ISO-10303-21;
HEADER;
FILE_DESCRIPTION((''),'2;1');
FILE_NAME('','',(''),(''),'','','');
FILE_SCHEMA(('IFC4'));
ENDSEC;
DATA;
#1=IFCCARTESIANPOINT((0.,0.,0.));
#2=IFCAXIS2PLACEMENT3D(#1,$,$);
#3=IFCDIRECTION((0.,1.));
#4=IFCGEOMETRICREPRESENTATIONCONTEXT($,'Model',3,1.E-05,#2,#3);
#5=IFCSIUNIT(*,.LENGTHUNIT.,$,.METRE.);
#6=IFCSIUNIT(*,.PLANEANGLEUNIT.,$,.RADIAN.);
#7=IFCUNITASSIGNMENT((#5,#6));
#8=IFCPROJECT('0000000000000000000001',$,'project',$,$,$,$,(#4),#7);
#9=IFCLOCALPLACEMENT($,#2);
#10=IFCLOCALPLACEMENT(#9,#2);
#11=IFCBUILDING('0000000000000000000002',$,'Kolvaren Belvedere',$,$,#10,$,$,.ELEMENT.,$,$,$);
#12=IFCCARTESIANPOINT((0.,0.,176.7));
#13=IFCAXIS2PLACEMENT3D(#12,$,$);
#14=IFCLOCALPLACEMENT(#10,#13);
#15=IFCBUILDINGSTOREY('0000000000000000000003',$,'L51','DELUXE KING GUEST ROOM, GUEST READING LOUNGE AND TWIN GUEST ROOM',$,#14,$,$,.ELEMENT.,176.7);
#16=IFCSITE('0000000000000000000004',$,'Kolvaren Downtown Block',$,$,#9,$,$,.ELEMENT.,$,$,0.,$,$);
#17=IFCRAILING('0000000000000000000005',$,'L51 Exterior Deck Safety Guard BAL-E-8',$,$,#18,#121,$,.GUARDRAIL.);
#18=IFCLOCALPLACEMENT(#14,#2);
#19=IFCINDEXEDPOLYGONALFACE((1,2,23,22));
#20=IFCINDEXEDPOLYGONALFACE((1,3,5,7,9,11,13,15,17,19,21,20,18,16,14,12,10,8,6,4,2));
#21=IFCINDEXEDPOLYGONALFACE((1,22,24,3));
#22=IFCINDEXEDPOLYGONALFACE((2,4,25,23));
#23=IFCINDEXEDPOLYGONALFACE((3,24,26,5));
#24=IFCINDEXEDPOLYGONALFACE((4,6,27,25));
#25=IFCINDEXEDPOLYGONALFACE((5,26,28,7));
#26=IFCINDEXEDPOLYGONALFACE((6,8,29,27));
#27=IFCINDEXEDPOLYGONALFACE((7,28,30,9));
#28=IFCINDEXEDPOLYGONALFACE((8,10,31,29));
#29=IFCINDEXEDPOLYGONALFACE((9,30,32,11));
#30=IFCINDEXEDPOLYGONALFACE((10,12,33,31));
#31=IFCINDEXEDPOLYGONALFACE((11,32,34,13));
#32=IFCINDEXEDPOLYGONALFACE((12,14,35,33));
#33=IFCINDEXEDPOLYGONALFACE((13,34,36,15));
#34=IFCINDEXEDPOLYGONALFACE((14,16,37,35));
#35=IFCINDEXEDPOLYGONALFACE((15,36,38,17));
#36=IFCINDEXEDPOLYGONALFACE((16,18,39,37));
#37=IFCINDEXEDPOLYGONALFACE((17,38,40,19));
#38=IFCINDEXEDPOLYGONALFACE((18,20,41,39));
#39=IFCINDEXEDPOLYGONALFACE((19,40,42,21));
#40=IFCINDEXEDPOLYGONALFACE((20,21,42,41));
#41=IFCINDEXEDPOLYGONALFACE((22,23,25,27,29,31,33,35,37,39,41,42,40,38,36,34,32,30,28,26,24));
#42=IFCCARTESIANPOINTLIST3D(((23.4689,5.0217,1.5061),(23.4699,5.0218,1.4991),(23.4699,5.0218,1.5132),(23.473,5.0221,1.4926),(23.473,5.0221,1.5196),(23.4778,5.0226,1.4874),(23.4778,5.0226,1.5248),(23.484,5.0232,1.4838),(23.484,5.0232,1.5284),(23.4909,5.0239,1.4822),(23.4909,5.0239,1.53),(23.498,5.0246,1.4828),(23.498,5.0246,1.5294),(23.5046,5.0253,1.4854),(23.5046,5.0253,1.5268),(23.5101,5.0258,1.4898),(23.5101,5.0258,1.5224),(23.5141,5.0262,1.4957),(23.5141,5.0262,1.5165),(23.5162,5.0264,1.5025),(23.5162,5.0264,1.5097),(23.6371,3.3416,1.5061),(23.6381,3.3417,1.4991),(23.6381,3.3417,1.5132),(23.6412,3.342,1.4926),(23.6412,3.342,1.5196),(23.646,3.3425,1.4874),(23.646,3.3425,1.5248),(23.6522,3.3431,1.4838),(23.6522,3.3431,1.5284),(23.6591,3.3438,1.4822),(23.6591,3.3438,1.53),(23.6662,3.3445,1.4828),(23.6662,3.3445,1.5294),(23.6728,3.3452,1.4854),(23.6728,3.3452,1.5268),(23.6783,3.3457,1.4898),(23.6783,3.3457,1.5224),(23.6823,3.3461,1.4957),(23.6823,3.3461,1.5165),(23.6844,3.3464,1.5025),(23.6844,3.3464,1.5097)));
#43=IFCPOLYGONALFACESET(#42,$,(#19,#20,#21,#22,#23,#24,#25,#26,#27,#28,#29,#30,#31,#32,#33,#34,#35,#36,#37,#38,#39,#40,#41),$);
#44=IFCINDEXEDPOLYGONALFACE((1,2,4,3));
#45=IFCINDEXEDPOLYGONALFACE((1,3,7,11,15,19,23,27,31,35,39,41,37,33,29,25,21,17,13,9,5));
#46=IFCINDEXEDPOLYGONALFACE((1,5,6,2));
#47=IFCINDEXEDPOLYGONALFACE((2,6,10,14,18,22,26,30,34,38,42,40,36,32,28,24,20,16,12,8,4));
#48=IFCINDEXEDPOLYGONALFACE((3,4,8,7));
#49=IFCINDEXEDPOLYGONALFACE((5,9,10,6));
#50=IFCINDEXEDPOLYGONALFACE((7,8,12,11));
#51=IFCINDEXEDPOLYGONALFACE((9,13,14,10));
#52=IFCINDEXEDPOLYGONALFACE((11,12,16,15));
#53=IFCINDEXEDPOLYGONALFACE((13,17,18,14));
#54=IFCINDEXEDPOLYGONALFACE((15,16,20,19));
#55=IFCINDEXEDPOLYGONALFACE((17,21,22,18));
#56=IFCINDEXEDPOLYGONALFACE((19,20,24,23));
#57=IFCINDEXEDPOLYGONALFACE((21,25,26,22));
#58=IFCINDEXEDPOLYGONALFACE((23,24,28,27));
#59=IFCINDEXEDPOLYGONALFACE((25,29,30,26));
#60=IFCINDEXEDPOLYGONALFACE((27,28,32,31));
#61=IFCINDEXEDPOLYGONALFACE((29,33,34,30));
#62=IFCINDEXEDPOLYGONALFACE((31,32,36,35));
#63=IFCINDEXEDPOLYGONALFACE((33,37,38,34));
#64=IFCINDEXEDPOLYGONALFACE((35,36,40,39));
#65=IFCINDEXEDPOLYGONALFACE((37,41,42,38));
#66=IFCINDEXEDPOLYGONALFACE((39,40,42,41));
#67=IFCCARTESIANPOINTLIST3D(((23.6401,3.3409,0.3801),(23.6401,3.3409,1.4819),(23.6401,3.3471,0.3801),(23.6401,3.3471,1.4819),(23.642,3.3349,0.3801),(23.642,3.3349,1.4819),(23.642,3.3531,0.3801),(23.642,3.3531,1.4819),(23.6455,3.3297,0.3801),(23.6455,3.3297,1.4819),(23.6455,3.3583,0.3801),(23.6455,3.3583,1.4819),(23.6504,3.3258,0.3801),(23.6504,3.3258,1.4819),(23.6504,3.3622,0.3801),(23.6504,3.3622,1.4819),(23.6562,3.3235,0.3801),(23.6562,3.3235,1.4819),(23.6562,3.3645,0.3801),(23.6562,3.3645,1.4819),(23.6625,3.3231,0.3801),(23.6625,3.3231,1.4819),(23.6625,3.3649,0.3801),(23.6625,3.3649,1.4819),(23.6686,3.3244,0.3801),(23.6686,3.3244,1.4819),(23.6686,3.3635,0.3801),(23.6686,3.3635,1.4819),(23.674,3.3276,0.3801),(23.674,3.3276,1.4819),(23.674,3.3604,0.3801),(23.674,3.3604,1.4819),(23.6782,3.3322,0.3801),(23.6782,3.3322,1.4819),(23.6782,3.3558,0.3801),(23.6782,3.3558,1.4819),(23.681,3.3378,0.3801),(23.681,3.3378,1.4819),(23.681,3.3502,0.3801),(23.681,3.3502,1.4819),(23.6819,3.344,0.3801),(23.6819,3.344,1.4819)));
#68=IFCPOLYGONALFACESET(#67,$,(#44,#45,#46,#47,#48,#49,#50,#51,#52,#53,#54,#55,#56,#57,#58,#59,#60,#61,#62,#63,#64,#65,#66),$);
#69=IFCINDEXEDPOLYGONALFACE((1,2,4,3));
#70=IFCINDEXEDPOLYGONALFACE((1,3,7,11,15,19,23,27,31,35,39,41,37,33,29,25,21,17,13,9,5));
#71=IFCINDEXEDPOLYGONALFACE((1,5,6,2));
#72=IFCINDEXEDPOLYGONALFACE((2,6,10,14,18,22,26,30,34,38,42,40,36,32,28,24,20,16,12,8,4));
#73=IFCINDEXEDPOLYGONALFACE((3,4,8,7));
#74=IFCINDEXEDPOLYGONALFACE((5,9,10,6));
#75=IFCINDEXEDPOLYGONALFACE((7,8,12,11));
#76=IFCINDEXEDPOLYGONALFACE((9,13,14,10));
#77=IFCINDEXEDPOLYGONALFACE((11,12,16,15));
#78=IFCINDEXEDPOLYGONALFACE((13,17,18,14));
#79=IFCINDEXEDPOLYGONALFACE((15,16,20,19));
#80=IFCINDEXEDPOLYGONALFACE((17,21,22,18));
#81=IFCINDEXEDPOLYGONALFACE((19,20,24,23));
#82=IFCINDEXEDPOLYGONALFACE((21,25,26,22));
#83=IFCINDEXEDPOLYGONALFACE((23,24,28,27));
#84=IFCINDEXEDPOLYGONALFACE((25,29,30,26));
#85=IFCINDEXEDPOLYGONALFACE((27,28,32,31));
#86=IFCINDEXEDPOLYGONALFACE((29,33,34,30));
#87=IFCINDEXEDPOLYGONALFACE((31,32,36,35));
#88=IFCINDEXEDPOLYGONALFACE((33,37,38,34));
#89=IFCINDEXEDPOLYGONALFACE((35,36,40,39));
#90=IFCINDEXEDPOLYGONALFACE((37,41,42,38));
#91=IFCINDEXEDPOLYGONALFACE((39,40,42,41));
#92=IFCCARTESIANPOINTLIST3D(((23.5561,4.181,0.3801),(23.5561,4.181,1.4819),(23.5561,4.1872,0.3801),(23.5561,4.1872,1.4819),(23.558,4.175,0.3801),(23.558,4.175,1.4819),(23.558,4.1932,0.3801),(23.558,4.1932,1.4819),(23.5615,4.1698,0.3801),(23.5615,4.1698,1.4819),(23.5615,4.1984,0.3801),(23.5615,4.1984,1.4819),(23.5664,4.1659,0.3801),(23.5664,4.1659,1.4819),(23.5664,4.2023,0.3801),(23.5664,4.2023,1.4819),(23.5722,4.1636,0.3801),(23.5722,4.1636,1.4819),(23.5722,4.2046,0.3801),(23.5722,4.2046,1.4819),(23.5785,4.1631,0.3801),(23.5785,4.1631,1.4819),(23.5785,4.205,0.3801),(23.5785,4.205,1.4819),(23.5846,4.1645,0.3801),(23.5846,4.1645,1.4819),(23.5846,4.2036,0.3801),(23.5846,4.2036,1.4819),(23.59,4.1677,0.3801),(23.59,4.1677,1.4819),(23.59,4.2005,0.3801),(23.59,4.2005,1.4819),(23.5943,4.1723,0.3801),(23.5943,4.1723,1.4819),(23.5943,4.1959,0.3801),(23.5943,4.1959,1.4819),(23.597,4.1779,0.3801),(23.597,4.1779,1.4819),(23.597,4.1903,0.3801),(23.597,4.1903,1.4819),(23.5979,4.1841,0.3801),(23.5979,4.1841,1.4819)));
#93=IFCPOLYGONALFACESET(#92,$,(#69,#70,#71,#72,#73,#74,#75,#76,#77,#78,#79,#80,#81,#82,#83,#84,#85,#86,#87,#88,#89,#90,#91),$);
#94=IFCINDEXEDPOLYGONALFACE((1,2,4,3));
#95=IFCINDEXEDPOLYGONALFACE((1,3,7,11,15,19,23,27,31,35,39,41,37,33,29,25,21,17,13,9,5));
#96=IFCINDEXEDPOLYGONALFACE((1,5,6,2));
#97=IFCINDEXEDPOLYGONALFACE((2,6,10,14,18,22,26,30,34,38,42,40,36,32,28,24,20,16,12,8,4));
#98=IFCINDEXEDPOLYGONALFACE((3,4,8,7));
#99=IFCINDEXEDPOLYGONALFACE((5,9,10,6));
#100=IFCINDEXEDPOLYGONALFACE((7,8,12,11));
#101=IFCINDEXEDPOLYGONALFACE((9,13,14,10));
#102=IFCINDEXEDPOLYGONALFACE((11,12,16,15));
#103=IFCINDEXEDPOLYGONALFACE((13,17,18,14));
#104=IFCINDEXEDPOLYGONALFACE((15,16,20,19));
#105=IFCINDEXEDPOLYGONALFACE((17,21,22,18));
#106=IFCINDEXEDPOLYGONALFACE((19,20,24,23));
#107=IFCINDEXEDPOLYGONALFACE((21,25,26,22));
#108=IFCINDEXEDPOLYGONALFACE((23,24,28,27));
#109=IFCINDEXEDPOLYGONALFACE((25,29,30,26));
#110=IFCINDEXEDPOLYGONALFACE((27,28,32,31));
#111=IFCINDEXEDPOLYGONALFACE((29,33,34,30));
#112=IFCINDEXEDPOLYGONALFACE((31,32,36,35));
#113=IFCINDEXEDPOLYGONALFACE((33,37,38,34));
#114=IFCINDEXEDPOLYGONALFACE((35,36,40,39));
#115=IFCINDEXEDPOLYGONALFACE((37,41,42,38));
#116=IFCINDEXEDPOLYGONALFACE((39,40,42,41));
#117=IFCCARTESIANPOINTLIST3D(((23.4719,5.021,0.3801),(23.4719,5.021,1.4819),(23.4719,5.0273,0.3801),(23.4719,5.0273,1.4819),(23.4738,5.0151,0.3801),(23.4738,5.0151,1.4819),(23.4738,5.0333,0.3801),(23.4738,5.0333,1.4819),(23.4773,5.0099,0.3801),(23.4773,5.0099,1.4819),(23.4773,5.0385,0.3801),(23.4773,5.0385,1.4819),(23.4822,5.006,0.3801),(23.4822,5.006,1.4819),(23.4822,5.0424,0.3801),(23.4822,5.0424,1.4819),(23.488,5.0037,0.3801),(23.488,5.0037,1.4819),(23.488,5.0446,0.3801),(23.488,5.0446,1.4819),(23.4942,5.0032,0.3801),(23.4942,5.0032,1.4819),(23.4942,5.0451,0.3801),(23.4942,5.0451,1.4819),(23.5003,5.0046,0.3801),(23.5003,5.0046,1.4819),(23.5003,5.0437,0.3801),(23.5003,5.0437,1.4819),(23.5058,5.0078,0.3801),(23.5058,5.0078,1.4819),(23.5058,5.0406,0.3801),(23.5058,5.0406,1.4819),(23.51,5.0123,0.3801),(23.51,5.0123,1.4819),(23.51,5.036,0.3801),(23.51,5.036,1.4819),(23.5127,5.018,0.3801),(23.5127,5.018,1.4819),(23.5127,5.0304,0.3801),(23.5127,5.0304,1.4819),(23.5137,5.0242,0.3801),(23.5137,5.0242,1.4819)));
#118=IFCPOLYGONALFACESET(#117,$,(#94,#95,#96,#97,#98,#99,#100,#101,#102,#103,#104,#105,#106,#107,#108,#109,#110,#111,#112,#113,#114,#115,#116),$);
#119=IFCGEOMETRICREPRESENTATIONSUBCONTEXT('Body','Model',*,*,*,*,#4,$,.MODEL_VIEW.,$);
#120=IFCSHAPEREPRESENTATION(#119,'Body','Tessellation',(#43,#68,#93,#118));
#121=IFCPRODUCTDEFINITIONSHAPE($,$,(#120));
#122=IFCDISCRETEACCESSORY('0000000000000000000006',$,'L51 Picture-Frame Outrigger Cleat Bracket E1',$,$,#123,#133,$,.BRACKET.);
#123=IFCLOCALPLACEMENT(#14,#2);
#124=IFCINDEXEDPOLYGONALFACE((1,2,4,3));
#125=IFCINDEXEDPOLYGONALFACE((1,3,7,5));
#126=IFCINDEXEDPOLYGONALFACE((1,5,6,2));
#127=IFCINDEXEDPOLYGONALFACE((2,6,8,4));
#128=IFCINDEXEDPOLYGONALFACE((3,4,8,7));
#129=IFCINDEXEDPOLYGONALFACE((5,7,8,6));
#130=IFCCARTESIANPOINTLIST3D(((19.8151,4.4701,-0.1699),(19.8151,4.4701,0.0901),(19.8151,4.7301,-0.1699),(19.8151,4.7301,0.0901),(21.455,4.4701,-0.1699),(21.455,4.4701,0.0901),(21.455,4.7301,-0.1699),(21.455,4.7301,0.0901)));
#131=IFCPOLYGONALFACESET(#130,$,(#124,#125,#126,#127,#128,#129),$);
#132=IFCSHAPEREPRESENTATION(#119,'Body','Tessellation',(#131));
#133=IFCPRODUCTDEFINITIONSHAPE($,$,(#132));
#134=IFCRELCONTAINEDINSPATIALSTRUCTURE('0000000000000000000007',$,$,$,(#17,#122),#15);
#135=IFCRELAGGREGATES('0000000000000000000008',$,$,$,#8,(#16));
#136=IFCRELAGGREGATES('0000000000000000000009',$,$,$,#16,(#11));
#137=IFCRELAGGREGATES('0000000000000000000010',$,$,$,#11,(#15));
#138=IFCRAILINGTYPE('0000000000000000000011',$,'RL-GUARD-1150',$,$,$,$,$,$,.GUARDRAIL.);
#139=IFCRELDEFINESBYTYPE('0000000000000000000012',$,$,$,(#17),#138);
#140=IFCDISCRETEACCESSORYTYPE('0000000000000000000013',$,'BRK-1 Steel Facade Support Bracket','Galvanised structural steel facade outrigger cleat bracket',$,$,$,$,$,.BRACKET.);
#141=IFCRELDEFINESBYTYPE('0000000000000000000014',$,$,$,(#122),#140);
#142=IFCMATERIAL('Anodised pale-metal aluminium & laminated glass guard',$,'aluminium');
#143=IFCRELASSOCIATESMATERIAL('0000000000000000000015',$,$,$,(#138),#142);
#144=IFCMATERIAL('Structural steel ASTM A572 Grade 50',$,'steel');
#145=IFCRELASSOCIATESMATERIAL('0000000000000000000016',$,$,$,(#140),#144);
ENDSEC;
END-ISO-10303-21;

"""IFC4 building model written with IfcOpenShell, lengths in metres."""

from ifc_helpers import new_model, si_unit, direction, frame, origin, origin_2d, place, context, subcontext, project, spatial, rectangle, circle, extrude, material, type_object, element, save


model = new_model("IFC4")

# Units and contexts
model_context = context("Model", 3, precision=1e-05, world=origin(), true_north=direction((0.0, 1.0)))
body_context = subcontext(model_context, "Body", "Model", "MODEL_VIEW")
ifc_project = project(units=[si_unit("LENGTHUNIT", "METRE"), si_unit("PLANEANGLEUNIT", "RADIAN")], contexts=[model_context])

# Site, building, storey
site_placement = place(None, origin())
site = spatial("IfcSite", under=ifc_project, at=site_placement, Name="Kolvaren Downtown Block", CompositionType="ELEMENT", RefElevation=0.0)
building_placement = place(site_placement, origin())
building = spatial("IfcBuilding", under=site, at=building_placement, Name="Kolvaren Belvedere", CompositionType="ELEMENT")
storey_placement = place(building_placement, frame((0.0, 0.0, 176.7)))
storey = spatial("IfcBuildingStorey", under=building, at=storey_placement, Name="L51", Description="DELUXE KING GUEST ROOM, GUEST READING LOUNGE AND TWIN GUEST ROOM", CompositionType="ELEMENT", Elevation=176.7)

# Railing
ifc_material_1 = material(Name="Anodised pale-metal aluminium & laminated glass guard", Category="aluminium")
railing_type = type_object("IfcRailingType", Name="RL-GUARD-1150", PredefinedType="GUARDRAIL", material=ifc_material_1)
railing_1_placement = place(storey_placement, frame((23.6609, 3.344, 0.3801)))
element("IfcRailing", 1, at=railing_1_placement, inside=storey, type_object=railing_type, Name="L51 Exterior Deck Safety Guard BAL-E-8", PredefinedType="GUARDRAIL", context=body_context, shape_type="SweptSolid", body=[
    extrude(circle(Radius=0.0239, at=origin_2d()), frame((0.0, 0.0, 1.126), z_axis=(-0.099618, 0.995026, 0.0), x_axis=(-0.995026, -0.099618, 0.0)), (0.0, 0.0, 1.0), 1.6885),
    extrude(circle(Radius=0.021, at=origin_2d()), origin(), (0.0, 0.0, 1.0), 1.1018),
    extrude(circle(Radius=0.021, at=origin_2d()), frame((-0.084, 0.8401, 0.0)), (0.0, 0.0, 1.0), 1.1018),
    extrude(circle(Radius=0.021, at=origin_2d()), frame((-0.1682, 1.6802, 0.0)), (0.0, 0.0, 1.0), 1.1018),
])

# Discrete accessory
ifc_material_2 = material(Name="Structural steel ASTM A572 Grade 50", Category="steel")
discrete_accessory_type = type_object("IfcDiscreteAccessoryType", Name="BRK-1 Steel Facade Support Bracket", Description="Galvanised structural steel facade outrigger cleat bracket", PredefinedType="BRACKET", material=ifc_material_2)
discrete_accessory_placement = place(storey_placement, frame((20.635, 4.6001, -0.1699), z_axis=(0.0, 0.0, 1.0), x_axis=(1.0, 0.0, 0.0)))
element("IfcDiscreteAccessory", 2, at=discrete_accessory_placement, inside=storey, type_object=discrete_accessory_type, Name="L51 Picture-Frame Outrigger Cleat Bracket E1", PredefinedType="BRACKET", context=body_context, shape_type="SweptSolid", body=[
    extrude(rectangle(XDim=1.6399, YDim=0.26, at=origin_2d()), origin(), (0.0, 0.0, 1.0), 0.26),
])

save(model, "model.ifc")
